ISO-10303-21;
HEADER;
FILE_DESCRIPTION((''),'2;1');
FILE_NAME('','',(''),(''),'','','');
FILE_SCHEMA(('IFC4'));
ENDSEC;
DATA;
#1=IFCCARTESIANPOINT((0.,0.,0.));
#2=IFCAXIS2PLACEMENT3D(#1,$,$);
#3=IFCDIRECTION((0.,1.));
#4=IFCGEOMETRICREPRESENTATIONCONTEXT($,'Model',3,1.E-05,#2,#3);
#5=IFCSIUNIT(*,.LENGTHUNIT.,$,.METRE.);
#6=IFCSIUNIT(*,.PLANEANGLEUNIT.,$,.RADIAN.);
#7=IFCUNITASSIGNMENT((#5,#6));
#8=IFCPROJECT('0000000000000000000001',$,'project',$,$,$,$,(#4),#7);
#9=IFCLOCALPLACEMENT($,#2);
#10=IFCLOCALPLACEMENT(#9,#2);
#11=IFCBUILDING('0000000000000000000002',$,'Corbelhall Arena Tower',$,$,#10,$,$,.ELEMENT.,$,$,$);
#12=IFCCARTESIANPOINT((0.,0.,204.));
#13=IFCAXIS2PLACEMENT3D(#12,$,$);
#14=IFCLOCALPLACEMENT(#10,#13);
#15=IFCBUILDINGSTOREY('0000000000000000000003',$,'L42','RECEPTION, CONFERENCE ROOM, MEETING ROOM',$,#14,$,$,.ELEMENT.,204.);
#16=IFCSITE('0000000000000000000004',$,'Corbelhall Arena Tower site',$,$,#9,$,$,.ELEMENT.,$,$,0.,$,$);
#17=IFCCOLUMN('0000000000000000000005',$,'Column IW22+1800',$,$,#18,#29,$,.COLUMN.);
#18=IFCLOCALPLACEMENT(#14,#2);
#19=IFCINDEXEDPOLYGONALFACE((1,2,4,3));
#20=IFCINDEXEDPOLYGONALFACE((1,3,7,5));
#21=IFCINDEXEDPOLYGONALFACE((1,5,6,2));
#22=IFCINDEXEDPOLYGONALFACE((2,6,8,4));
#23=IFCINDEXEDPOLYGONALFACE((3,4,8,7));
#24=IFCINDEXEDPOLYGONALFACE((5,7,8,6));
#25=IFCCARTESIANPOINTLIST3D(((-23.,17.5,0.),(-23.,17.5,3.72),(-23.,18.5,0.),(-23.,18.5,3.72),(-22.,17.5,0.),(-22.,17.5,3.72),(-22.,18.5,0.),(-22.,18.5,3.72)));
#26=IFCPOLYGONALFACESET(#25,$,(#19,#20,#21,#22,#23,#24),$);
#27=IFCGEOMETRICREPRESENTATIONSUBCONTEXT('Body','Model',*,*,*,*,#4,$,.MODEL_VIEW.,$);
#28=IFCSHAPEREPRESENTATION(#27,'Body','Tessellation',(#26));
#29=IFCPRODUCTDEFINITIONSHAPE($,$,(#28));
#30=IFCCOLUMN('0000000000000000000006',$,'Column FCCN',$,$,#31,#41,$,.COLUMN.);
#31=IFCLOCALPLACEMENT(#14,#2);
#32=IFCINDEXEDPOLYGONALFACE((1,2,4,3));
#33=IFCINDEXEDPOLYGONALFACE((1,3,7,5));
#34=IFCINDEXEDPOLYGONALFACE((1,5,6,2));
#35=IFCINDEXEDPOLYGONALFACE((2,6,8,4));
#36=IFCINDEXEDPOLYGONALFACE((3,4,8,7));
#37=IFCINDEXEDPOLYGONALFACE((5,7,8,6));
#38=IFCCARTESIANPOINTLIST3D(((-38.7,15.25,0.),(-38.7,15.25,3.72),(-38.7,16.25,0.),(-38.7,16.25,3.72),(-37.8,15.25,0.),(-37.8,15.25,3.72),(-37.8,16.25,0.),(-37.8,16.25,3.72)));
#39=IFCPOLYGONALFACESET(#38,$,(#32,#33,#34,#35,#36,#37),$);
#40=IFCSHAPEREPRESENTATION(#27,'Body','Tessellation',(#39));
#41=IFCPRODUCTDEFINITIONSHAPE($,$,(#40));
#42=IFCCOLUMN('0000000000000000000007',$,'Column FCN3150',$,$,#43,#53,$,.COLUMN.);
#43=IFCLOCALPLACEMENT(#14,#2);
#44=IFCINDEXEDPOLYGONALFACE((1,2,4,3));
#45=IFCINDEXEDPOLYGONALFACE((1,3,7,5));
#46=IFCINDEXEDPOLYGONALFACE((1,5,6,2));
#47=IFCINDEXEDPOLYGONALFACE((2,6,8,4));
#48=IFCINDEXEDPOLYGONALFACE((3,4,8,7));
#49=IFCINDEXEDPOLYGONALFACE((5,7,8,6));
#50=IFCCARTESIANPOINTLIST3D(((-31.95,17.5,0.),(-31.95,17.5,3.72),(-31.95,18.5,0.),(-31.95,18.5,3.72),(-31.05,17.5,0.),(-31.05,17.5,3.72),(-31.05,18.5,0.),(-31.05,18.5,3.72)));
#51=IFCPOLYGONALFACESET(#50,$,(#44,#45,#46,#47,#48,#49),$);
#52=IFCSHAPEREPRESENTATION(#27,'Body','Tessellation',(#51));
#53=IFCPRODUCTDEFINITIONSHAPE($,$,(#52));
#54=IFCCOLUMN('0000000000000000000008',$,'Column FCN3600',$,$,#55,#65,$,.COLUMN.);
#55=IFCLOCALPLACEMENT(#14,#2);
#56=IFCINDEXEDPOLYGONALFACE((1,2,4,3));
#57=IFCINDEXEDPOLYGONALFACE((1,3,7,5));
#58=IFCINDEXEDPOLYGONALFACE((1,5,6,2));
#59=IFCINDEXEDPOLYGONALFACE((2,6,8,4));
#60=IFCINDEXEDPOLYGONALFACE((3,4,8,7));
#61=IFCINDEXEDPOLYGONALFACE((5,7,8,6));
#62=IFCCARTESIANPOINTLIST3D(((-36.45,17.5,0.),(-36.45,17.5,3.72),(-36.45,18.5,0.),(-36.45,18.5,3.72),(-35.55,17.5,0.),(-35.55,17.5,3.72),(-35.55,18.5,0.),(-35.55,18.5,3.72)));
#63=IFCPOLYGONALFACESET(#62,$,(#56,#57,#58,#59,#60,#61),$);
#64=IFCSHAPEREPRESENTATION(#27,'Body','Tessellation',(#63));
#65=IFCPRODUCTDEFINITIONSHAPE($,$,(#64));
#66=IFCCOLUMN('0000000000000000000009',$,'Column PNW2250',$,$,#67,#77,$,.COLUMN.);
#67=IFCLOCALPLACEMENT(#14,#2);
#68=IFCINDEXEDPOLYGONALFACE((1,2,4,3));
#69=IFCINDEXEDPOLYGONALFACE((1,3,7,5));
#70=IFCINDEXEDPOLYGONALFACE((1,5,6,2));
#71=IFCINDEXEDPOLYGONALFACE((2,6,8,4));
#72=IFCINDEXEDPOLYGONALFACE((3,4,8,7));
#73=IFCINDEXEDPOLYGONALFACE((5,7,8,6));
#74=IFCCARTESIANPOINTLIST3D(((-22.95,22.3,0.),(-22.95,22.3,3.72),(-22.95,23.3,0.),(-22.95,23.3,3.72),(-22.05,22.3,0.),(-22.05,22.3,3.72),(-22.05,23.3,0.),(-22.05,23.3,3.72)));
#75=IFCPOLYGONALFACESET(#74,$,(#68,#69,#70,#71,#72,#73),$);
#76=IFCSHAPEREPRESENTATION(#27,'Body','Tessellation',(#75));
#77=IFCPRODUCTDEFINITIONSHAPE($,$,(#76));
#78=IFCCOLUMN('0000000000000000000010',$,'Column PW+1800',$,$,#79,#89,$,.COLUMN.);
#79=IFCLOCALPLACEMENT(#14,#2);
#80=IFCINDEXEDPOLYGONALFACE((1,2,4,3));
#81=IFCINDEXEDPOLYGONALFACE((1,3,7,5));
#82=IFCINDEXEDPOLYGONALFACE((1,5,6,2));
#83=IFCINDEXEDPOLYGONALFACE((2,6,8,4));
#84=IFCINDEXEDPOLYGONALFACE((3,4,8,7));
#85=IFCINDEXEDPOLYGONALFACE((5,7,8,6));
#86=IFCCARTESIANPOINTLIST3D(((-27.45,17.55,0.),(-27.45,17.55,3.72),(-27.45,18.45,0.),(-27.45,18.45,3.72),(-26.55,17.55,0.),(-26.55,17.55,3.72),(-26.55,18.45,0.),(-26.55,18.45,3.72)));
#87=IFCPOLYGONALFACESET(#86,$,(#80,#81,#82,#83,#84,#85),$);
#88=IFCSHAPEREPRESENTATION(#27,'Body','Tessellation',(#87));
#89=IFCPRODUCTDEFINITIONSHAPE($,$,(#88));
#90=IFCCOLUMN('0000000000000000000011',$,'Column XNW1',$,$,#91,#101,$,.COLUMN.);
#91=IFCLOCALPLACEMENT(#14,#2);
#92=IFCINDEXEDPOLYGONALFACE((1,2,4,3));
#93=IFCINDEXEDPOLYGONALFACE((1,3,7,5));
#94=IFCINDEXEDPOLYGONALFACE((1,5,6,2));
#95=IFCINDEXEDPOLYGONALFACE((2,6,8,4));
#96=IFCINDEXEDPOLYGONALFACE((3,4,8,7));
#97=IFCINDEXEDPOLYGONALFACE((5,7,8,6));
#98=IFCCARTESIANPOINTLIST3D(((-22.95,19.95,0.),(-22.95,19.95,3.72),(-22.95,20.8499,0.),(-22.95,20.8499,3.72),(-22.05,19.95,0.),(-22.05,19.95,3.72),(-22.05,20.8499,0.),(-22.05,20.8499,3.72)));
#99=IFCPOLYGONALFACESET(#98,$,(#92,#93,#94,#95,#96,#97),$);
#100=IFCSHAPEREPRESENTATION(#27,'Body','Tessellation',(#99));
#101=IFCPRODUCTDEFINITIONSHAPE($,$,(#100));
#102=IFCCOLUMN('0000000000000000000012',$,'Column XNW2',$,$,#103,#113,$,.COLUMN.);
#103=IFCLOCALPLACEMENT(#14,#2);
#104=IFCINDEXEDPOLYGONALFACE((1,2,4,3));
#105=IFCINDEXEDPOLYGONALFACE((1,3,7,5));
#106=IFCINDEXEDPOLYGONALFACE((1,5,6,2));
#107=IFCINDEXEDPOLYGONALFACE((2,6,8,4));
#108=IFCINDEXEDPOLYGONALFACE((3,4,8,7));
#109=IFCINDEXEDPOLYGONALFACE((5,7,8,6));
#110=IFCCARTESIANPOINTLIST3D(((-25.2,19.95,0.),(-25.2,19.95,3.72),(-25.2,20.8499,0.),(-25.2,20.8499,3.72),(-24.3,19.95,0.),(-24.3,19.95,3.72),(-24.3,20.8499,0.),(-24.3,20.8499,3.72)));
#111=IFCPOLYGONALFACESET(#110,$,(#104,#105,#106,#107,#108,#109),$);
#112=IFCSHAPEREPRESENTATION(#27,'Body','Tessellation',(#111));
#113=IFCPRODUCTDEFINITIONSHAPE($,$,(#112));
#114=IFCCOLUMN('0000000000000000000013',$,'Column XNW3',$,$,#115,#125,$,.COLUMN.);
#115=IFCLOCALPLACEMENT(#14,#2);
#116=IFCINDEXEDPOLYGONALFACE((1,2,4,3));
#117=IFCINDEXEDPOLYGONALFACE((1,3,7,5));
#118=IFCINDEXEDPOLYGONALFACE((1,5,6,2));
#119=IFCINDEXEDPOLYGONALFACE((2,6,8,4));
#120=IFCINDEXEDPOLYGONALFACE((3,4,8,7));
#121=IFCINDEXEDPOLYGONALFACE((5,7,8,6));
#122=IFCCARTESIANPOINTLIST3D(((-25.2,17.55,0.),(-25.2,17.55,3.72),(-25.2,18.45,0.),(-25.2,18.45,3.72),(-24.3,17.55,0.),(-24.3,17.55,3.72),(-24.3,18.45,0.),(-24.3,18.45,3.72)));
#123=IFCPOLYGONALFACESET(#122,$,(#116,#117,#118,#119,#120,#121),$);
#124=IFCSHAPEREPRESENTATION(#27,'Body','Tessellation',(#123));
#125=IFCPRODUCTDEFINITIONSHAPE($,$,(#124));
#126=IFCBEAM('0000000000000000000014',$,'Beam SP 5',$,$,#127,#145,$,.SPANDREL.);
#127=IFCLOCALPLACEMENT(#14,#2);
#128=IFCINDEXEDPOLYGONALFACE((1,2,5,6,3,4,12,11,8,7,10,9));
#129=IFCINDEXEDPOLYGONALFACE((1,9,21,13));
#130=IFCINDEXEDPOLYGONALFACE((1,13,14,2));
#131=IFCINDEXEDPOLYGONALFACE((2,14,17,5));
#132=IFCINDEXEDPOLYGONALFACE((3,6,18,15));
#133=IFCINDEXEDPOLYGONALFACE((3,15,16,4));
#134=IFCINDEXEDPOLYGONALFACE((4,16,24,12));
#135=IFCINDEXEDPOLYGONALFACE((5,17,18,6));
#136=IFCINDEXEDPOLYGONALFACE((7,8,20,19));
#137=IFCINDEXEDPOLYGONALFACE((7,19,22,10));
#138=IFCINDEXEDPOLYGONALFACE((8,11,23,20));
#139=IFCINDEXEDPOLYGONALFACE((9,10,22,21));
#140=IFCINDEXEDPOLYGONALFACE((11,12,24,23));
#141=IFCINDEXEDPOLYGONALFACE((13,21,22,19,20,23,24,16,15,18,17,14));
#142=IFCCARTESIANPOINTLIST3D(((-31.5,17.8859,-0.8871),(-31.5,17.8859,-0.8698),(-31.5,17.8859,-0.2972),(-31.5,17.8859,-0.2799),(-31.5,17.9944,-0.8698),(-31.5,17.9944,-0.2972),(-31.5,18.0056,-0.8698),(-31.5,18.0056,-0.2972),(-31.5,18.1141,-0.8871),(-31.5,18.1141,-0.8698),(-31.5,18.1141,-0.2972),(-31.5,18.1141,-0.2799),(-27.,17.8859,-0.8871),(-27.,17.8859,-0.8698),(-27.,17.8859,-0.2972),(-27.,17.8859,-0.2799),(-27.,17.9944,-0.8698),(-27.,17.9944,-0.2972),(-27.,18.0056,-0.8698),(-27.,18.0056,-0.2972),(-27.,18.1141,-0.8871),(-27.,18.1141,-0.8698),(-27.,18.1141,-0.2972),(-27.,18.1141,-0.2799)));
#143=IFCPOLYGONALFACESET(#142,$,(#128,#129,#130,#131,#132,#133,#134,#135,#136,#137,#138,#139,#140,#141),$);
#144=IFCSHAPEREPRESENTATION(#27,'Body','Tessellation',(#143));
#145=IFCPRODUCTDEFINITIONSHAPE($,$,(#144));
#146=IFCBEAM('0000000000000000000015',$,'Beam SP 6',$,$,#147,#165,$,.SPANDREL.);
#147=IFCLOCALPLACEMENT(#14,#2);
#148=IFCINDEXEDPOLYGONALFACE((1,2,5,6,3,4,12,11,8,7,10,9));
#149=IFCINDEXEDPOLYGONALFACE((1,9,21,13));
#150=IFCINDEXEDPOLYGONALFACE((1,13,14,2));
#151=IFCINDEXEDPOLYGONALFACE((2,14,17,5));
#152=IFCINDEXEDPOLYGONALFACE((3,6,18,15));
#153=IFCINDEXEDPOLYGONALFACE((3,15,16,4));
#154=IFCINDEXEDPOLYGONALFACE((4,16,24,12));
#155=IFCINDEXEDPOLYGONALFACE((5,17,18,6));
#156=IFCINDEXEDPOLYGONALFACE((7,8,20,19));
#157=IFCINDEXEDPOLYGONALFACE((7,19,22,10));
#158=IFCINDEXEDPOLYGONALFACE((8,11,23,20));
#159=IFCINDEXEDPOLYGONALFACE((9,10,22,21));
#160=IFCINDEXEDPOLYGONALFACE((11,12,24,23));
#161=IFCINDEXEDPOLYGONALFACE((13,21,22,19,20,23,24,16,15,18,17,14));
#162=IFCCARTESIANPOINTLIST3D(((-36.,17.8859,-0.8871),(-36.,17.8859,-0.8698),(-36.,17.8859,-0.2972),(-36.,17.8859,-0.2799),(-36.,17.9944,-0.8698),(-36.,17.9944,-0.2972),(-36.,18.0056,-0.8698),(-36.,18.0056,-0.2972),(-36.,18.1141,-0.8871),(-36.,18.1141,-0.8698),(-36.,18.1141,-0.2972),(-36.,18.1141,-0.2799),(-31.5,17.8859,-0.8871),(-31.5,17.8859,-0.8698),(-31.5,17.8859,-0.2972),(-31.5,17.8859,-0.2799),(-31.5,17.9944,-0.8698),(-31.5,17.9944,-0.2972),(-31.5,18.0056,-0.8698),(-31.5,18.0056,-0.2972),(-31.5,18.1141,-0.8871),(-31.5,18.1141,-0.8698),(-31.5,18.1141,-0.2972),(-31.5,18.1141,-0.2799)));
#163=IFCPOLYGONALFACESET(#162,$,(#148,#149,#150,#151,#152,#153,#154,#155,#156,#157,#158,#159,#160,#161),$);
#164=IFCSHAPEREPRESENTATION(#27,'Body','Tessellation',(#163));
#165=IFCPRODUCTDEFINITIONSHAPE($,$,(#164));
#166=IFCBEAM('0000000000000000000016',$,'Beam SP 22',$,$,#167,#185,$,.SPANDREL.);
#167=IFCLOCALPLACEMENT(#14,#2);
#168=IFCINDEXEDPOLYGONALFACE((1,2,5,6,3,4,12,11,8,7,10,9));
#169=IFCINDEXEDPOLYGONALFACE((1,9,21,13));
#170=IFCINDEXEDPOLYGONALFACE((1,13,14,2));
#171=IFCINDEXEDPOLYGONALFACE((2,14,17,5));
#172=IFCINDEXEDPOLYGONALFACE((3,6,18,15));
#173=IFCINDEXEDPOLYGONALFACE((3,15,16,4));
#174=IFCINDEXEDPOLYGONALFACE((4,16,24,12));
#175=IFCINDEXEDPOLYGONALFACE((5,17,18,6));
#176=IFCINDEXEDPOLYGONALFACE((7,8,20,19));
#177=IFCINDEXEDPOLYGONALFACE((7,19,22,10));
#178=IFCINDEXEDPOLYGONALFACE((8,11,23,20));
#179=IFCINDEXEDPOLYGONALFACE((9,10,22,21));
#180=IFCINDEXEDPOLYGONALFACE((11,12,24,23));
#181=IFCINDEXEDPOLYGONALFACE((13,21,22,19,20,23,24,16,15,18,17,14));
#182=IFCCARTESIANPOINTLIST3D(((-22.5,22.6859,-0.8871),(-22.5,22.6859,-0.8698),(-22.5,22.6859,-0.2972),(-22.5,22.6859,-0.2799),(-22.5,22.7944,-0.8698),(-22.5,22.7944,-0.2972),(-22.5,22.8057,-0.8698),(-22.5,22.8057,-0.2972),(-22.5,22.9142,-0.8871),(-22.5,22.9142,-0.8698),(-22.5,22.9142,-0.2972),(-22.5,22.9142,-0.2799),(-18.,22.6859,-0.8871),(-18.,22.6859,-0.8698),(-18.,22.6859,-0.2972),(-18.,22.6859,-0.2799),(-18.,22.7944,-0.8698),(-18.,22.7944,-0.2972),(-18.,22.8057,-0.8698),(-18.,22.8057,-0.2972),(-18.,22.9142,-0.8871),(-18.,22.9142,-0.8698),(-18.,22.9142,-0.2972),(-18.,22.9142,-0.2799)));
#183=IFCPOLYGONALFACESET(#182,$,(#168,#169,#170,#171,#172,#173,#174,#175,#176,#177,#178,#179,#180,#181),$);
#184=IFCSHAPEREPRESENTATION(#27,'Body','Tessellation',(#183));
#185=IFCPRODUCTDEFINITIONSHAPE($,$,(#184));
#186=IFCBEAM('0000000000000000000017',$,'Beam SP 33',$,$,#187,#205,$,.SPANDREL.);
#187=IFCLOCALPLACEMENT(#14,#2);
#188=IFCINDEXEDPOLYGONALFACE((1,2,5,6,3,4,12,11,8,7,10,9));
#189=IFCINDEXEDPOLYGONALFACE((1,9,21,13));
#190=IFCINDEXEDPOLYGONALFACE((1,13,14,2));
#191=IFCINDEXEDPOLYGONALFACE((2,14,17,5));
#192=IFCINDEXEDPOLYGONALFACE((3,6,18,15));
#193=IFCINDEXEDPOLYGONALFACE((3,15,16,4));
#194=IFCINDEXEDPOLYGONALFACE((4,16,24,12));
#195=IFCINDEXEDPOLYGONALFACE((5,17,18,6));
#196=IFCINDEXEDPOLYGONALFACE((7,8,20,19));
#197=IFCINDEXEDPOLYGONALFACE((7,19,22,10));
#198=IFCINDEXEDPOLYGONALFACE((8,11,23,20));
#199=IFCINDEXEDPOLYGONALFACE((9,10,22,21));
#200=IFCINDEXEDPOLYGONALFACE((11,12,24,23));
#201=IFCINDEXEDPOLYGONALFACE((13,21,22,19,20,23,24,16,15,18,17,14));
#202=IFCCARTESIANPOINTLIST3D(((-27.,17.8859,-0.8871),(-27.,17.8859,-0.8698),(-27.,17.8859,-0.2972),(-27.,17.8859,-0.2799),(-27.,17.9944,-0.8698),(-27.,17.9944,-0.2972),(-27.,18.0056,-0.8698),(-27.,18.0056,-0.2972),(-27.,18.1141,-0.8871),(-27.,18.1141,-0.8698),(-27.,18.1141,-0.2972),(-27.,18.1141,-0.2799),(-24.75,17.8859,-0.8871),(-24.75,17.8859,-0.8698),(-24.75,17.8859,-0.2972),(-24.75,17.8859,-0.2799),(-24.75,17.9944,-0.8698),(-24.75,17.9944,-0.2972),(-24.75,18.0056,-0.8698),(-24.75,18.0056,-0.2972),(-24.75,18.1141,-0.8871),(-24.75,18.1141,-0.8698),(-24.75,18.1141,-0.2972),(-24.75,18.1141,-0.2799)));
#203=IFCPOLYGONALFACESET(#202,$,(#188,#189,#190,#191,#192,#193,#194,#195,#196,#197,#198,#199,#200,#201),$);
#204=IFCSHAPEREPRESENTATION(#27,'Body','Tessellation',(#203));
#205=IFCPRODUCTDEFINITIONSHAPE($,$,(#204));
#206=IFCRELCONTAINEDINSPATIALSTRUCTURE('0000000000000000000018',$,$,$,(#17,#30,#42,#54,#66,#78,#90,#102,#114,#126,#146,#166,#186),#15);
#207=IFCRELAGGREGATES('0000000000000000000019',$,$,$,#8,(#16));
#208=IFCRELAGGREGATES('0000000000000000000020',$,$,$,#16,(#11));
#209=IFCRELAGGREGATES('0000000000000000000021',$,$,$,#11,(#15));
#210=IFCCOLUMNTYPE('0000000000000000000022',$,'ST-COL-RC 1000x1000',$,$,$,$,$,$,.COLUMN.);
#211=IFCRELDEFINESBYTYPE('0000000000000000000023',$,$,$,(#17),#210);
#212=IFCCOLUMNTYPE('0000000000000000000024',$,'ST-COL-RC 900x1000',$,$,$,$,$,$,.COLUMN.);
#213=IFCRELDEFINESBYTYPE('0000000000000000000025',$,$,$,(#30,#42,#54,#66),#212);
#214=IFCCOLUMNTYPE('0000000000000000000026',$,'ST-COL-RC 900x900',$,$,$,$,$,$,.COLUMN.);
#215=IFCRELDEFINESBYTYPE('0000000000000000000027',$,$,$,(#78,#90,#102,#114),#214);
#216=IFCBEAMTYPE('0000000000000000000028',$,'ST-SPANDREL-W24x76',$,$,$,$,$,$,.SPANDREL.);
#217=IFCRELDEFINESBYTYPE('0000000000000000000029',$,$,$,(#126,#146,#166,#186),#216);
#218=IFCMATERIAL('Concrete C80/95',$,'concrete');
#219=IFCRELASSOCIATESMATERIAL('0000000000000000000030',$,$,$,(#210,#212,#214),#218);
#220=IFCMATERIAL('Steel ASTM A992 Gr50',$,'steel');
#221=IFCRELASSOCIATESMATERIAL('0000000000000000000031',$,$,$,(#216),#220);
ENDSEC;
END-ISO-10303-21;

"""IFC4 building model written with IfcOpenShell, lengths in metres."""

from ifc_helpers import new_model, si_unit, direction, frame, origin, origin_2d, place, context, subcontext, project, spatial, rectangle, i_section, extrude, material, material_profile, profile_set, type_object, element, save


model = new_model("IFC4")

# Units and contexts
model_context = context("Model", 3, precision=1e-05, world=origin(), true_north=direction((0.0, 1.0)))
body_context = subcontext(model_context, "Body", "Model", "MODEL_VIEW")
ifc_project = project(units=[si_unit("LENGTHUNIT", "METRE"), si_unit("PLANEANGLEUNIT", "RADIAN")], contexts=[model_context])

# Site, building, storey
site_placement = place(None, origin())
site = spatial("IfcSite", under=ifc_project, at=site_placement, Name="Corbelhall Arena Tower site", CompositionType="ELEMENT", RefElevation=0.0)
building_placement = place(site_placement, origin())
building = spatial("IfcBuilding", under=site, at=building_placement, Name="Corbelhall Arena Tower", CompositionType="ELEMENT")
storey_placement = place(building_placement, frame((0.0, 0.0, 204.0)))
storey = spatial("IfcBuildingStorey", under=building, at=storey_placement, Name="L42", Description="RECEPTION, CONFERENCE ROOM, MEETING ROOM", CompositionType="ELEMENT", Elevation=204.0)

# Columns
ifc_material_1 = material(Name="Concrete C80/95", Category="concrete")
ifc_material_profile_1 = material_profile(ifc_material_1, rectangle(XDim=1.0, YDim=1.0, at=origin_2d()))
ifc_profile_set_1 = profile_set([ifc_material_profile_1], Name="Concrete C80/95")
column_type_1 = type_object("IfcColumnType", Name="ST-COL-RC 1000x1000", PredefinedType="COLUMN", material=ifc_profile_set_1)
column_placement = place(storey_placement, frame((-22.5, 18.0, 0.0), z_axis=(0.0, 0.0, 1.0), x_axis=(1.0, 0.0, 0.0)))
element("IfcColumn", 1, at=column_placement, inside=storey, type_object=column_type_1, Name="Column IW22+1800", PredefinedType="COLUMN", context=body_context, shape_type="SweptSolid", body=[
    extrude(rectangle(XDim=1.0, YDim=1.0, at=origin_2d()), origin(), (0.0, 0.0, 1.0), 3.72),
])
ifc_material_profile_2 = material_profile(ifc_material_1, rectangle(XDim=0.8999, YDim=1.0, at=origin_2d()))
ifc_profile_set_2 = profile_set([ifc_material_profile_2], Name="Concrete C80/95")
column_type_2 = type_object("IfcColumnType", Name="ST-COL-RC 900x1000", PredefinedType="COLUMN", material=ifc_profile_set_2)
for number, where, z_axis, x_axis, name in (
    (2, (-38.25, 15.75, 0.0), (0.0, 0.0, 1.0), (1.0, 0.0, 0.0), "Column FCCN"),
    (3, (-31.5, 18.0, 0.0), (0.0, 0.0, 1.0), (1.0, 0.0, 0.0), "Column FCN3150"),
    (4, (-36.0, 18.0, 0.0), (0.0, 0.0, 1.0), (1.0, 0.0, 0.0), "Column FCN3600"),
    (5, (-22.5, 22.8, 0.0), (0.0, 0.0, 1.0), (1.0, 0.0, 0.0), "Column PNW2250"),
):
    element("IfcColumn", number, at=place(storey_placement, frame(where, z_axis=z_axis, x_axis=x_axis)), inside=storey, type_object=column_type_2, Name=name, PredefinedType="COLUMN", context=body_context, shape_type="SweptSolid", body=[
        extrude(rectangle(XDim=0.8999, YDim=1.0, at=origin_2d()), origin(), (0.0, 0.0, 1.0), 3.72),
    ])
ifc_material_profile_3 = material_profile(ifc_material_1, rectangle(XDim=0.8999, YDim=0.8999, at=origin_2d()))
ifc_profile_set_3 = profile_set([ifc_material_profile_3], Name="Concrete C80/95")
column_type_3 = type_object("IfcColumnType", Name="ST-COL-RC 900x900", PredefinedType="COLUMN", material=ifc_profile_set_3)
for number, where, z_axis, x_axis, name in (
    (6, (-27.0, 18.0, 0.0), (0.0, 0.0, 1.0), (1.0, 0.0, 0.0), "Column PW+1800"),
    (7, (-22.5, 20.3999, 0.0), (0.0, 0.0, 1.0), (1.0, 0.0, 0.0), "Column XNW1"),
    (8, (-24.75, 20.3999, 0.0), (0.0, 0.0, 1.0), (1.0, 0.0, 0.0), "Column XNW2"),
    (9, (-24.75, 18.0, 0.0), (0.0, 0.0, 1.0), (1.0, 0.0, 0.0), "Column XNW3"),
):
    element("IfcColumn", number, at=place(storey_placement, frame(where, z_axis=z_axis, x_axis=x_axis)), inside=storey, type_object=column_type_3, Name=name, PredefinedType="COLUMN", context=body_context, shape_type="SweptSolid", body=[
        extrude(rectangle(XDim=0.8999, YDim=0.8999, at=origin_2d()), origin(), (0.0, 0.0, 1.0), 3.72),
    ])

# Beams
ifc_material_2 = material(Name="Steel ASTM A992 Gr50", Category="steel")
ifc_material_profile_4 = material_profile(ifc_material_2, i_section(OverallWidth=0.2283, OverallDepth=0.6072, WebThickness=0.0112, FlangeThickness=0.0173, at=origin_2d()))
ifc_profile_set_4 = profile_set([ifc_material_profile_4], Name="Steel ASTM A992 Gr50")
beam_type = type_object("IfcBeamType", Name="ST-SPANDREL-W24x76", PredefinedType="SPANDREL", material=ifc_profile_set_4)
for number, where, z_axis, x_axis, name in (
    (10, (-31.5, 18.0, -0.5835), (1.0, 0.0, 0.0), (0.0, 1.0, 0.0), "Beam SP 5"),
    (11, (-36.0, 18.0, -0.5835), (1.0, 0.0, 0.0), (0.0, 1.0, 0.0), "Beam SP 6"),
    (12, (-22.5, 22.8, -0.5835), (1.0, 0.0, 0.0), (0.0, 1.0, 0.0), "Beam SP 22"),
):
    element("IfcBeam", number, at=place(storey_placement, frame(where, z_axis=z_axis, x_axis=x_axis)), inside=storey, type_object=beam_type, Name=name, PredefinedType="SPANDREL", context=body_context, shape_type="SweptSolid", body=[
        extrude(i_section(OverallWidth=0.2283, OverallDepth=0.6072, WebThickness=0.0112, FlangeThickness=0.0173, at=origin_2d()), origin(), (0.0, 0.0, 1.0), 4.5),
    ])
beam_1_placement = place(storey_placement, frame((-27.0, 18.0, -0.5835), z_axis=(1.0, 0.0, 0.0), x_axis=(0.0, 1.0, 0.0)))
element("IfcBeam", 13, at=beam_1_placement, inside=storey, type_object=beam_type, Name="Beam SP 33", PredefinedType="SPANDREL", context=body_context, shape_type="SweptSolid", body=[
    extrude(i_section(OverallWidth=0.2283, OverallDepth=0.6072, WebThickness=0.0112, FlangeThickness=0.0173, at=origin_2d()), origin(), (0.0, 0.0, 1.0), 2.25),
])

save(model, "model.ifc")
